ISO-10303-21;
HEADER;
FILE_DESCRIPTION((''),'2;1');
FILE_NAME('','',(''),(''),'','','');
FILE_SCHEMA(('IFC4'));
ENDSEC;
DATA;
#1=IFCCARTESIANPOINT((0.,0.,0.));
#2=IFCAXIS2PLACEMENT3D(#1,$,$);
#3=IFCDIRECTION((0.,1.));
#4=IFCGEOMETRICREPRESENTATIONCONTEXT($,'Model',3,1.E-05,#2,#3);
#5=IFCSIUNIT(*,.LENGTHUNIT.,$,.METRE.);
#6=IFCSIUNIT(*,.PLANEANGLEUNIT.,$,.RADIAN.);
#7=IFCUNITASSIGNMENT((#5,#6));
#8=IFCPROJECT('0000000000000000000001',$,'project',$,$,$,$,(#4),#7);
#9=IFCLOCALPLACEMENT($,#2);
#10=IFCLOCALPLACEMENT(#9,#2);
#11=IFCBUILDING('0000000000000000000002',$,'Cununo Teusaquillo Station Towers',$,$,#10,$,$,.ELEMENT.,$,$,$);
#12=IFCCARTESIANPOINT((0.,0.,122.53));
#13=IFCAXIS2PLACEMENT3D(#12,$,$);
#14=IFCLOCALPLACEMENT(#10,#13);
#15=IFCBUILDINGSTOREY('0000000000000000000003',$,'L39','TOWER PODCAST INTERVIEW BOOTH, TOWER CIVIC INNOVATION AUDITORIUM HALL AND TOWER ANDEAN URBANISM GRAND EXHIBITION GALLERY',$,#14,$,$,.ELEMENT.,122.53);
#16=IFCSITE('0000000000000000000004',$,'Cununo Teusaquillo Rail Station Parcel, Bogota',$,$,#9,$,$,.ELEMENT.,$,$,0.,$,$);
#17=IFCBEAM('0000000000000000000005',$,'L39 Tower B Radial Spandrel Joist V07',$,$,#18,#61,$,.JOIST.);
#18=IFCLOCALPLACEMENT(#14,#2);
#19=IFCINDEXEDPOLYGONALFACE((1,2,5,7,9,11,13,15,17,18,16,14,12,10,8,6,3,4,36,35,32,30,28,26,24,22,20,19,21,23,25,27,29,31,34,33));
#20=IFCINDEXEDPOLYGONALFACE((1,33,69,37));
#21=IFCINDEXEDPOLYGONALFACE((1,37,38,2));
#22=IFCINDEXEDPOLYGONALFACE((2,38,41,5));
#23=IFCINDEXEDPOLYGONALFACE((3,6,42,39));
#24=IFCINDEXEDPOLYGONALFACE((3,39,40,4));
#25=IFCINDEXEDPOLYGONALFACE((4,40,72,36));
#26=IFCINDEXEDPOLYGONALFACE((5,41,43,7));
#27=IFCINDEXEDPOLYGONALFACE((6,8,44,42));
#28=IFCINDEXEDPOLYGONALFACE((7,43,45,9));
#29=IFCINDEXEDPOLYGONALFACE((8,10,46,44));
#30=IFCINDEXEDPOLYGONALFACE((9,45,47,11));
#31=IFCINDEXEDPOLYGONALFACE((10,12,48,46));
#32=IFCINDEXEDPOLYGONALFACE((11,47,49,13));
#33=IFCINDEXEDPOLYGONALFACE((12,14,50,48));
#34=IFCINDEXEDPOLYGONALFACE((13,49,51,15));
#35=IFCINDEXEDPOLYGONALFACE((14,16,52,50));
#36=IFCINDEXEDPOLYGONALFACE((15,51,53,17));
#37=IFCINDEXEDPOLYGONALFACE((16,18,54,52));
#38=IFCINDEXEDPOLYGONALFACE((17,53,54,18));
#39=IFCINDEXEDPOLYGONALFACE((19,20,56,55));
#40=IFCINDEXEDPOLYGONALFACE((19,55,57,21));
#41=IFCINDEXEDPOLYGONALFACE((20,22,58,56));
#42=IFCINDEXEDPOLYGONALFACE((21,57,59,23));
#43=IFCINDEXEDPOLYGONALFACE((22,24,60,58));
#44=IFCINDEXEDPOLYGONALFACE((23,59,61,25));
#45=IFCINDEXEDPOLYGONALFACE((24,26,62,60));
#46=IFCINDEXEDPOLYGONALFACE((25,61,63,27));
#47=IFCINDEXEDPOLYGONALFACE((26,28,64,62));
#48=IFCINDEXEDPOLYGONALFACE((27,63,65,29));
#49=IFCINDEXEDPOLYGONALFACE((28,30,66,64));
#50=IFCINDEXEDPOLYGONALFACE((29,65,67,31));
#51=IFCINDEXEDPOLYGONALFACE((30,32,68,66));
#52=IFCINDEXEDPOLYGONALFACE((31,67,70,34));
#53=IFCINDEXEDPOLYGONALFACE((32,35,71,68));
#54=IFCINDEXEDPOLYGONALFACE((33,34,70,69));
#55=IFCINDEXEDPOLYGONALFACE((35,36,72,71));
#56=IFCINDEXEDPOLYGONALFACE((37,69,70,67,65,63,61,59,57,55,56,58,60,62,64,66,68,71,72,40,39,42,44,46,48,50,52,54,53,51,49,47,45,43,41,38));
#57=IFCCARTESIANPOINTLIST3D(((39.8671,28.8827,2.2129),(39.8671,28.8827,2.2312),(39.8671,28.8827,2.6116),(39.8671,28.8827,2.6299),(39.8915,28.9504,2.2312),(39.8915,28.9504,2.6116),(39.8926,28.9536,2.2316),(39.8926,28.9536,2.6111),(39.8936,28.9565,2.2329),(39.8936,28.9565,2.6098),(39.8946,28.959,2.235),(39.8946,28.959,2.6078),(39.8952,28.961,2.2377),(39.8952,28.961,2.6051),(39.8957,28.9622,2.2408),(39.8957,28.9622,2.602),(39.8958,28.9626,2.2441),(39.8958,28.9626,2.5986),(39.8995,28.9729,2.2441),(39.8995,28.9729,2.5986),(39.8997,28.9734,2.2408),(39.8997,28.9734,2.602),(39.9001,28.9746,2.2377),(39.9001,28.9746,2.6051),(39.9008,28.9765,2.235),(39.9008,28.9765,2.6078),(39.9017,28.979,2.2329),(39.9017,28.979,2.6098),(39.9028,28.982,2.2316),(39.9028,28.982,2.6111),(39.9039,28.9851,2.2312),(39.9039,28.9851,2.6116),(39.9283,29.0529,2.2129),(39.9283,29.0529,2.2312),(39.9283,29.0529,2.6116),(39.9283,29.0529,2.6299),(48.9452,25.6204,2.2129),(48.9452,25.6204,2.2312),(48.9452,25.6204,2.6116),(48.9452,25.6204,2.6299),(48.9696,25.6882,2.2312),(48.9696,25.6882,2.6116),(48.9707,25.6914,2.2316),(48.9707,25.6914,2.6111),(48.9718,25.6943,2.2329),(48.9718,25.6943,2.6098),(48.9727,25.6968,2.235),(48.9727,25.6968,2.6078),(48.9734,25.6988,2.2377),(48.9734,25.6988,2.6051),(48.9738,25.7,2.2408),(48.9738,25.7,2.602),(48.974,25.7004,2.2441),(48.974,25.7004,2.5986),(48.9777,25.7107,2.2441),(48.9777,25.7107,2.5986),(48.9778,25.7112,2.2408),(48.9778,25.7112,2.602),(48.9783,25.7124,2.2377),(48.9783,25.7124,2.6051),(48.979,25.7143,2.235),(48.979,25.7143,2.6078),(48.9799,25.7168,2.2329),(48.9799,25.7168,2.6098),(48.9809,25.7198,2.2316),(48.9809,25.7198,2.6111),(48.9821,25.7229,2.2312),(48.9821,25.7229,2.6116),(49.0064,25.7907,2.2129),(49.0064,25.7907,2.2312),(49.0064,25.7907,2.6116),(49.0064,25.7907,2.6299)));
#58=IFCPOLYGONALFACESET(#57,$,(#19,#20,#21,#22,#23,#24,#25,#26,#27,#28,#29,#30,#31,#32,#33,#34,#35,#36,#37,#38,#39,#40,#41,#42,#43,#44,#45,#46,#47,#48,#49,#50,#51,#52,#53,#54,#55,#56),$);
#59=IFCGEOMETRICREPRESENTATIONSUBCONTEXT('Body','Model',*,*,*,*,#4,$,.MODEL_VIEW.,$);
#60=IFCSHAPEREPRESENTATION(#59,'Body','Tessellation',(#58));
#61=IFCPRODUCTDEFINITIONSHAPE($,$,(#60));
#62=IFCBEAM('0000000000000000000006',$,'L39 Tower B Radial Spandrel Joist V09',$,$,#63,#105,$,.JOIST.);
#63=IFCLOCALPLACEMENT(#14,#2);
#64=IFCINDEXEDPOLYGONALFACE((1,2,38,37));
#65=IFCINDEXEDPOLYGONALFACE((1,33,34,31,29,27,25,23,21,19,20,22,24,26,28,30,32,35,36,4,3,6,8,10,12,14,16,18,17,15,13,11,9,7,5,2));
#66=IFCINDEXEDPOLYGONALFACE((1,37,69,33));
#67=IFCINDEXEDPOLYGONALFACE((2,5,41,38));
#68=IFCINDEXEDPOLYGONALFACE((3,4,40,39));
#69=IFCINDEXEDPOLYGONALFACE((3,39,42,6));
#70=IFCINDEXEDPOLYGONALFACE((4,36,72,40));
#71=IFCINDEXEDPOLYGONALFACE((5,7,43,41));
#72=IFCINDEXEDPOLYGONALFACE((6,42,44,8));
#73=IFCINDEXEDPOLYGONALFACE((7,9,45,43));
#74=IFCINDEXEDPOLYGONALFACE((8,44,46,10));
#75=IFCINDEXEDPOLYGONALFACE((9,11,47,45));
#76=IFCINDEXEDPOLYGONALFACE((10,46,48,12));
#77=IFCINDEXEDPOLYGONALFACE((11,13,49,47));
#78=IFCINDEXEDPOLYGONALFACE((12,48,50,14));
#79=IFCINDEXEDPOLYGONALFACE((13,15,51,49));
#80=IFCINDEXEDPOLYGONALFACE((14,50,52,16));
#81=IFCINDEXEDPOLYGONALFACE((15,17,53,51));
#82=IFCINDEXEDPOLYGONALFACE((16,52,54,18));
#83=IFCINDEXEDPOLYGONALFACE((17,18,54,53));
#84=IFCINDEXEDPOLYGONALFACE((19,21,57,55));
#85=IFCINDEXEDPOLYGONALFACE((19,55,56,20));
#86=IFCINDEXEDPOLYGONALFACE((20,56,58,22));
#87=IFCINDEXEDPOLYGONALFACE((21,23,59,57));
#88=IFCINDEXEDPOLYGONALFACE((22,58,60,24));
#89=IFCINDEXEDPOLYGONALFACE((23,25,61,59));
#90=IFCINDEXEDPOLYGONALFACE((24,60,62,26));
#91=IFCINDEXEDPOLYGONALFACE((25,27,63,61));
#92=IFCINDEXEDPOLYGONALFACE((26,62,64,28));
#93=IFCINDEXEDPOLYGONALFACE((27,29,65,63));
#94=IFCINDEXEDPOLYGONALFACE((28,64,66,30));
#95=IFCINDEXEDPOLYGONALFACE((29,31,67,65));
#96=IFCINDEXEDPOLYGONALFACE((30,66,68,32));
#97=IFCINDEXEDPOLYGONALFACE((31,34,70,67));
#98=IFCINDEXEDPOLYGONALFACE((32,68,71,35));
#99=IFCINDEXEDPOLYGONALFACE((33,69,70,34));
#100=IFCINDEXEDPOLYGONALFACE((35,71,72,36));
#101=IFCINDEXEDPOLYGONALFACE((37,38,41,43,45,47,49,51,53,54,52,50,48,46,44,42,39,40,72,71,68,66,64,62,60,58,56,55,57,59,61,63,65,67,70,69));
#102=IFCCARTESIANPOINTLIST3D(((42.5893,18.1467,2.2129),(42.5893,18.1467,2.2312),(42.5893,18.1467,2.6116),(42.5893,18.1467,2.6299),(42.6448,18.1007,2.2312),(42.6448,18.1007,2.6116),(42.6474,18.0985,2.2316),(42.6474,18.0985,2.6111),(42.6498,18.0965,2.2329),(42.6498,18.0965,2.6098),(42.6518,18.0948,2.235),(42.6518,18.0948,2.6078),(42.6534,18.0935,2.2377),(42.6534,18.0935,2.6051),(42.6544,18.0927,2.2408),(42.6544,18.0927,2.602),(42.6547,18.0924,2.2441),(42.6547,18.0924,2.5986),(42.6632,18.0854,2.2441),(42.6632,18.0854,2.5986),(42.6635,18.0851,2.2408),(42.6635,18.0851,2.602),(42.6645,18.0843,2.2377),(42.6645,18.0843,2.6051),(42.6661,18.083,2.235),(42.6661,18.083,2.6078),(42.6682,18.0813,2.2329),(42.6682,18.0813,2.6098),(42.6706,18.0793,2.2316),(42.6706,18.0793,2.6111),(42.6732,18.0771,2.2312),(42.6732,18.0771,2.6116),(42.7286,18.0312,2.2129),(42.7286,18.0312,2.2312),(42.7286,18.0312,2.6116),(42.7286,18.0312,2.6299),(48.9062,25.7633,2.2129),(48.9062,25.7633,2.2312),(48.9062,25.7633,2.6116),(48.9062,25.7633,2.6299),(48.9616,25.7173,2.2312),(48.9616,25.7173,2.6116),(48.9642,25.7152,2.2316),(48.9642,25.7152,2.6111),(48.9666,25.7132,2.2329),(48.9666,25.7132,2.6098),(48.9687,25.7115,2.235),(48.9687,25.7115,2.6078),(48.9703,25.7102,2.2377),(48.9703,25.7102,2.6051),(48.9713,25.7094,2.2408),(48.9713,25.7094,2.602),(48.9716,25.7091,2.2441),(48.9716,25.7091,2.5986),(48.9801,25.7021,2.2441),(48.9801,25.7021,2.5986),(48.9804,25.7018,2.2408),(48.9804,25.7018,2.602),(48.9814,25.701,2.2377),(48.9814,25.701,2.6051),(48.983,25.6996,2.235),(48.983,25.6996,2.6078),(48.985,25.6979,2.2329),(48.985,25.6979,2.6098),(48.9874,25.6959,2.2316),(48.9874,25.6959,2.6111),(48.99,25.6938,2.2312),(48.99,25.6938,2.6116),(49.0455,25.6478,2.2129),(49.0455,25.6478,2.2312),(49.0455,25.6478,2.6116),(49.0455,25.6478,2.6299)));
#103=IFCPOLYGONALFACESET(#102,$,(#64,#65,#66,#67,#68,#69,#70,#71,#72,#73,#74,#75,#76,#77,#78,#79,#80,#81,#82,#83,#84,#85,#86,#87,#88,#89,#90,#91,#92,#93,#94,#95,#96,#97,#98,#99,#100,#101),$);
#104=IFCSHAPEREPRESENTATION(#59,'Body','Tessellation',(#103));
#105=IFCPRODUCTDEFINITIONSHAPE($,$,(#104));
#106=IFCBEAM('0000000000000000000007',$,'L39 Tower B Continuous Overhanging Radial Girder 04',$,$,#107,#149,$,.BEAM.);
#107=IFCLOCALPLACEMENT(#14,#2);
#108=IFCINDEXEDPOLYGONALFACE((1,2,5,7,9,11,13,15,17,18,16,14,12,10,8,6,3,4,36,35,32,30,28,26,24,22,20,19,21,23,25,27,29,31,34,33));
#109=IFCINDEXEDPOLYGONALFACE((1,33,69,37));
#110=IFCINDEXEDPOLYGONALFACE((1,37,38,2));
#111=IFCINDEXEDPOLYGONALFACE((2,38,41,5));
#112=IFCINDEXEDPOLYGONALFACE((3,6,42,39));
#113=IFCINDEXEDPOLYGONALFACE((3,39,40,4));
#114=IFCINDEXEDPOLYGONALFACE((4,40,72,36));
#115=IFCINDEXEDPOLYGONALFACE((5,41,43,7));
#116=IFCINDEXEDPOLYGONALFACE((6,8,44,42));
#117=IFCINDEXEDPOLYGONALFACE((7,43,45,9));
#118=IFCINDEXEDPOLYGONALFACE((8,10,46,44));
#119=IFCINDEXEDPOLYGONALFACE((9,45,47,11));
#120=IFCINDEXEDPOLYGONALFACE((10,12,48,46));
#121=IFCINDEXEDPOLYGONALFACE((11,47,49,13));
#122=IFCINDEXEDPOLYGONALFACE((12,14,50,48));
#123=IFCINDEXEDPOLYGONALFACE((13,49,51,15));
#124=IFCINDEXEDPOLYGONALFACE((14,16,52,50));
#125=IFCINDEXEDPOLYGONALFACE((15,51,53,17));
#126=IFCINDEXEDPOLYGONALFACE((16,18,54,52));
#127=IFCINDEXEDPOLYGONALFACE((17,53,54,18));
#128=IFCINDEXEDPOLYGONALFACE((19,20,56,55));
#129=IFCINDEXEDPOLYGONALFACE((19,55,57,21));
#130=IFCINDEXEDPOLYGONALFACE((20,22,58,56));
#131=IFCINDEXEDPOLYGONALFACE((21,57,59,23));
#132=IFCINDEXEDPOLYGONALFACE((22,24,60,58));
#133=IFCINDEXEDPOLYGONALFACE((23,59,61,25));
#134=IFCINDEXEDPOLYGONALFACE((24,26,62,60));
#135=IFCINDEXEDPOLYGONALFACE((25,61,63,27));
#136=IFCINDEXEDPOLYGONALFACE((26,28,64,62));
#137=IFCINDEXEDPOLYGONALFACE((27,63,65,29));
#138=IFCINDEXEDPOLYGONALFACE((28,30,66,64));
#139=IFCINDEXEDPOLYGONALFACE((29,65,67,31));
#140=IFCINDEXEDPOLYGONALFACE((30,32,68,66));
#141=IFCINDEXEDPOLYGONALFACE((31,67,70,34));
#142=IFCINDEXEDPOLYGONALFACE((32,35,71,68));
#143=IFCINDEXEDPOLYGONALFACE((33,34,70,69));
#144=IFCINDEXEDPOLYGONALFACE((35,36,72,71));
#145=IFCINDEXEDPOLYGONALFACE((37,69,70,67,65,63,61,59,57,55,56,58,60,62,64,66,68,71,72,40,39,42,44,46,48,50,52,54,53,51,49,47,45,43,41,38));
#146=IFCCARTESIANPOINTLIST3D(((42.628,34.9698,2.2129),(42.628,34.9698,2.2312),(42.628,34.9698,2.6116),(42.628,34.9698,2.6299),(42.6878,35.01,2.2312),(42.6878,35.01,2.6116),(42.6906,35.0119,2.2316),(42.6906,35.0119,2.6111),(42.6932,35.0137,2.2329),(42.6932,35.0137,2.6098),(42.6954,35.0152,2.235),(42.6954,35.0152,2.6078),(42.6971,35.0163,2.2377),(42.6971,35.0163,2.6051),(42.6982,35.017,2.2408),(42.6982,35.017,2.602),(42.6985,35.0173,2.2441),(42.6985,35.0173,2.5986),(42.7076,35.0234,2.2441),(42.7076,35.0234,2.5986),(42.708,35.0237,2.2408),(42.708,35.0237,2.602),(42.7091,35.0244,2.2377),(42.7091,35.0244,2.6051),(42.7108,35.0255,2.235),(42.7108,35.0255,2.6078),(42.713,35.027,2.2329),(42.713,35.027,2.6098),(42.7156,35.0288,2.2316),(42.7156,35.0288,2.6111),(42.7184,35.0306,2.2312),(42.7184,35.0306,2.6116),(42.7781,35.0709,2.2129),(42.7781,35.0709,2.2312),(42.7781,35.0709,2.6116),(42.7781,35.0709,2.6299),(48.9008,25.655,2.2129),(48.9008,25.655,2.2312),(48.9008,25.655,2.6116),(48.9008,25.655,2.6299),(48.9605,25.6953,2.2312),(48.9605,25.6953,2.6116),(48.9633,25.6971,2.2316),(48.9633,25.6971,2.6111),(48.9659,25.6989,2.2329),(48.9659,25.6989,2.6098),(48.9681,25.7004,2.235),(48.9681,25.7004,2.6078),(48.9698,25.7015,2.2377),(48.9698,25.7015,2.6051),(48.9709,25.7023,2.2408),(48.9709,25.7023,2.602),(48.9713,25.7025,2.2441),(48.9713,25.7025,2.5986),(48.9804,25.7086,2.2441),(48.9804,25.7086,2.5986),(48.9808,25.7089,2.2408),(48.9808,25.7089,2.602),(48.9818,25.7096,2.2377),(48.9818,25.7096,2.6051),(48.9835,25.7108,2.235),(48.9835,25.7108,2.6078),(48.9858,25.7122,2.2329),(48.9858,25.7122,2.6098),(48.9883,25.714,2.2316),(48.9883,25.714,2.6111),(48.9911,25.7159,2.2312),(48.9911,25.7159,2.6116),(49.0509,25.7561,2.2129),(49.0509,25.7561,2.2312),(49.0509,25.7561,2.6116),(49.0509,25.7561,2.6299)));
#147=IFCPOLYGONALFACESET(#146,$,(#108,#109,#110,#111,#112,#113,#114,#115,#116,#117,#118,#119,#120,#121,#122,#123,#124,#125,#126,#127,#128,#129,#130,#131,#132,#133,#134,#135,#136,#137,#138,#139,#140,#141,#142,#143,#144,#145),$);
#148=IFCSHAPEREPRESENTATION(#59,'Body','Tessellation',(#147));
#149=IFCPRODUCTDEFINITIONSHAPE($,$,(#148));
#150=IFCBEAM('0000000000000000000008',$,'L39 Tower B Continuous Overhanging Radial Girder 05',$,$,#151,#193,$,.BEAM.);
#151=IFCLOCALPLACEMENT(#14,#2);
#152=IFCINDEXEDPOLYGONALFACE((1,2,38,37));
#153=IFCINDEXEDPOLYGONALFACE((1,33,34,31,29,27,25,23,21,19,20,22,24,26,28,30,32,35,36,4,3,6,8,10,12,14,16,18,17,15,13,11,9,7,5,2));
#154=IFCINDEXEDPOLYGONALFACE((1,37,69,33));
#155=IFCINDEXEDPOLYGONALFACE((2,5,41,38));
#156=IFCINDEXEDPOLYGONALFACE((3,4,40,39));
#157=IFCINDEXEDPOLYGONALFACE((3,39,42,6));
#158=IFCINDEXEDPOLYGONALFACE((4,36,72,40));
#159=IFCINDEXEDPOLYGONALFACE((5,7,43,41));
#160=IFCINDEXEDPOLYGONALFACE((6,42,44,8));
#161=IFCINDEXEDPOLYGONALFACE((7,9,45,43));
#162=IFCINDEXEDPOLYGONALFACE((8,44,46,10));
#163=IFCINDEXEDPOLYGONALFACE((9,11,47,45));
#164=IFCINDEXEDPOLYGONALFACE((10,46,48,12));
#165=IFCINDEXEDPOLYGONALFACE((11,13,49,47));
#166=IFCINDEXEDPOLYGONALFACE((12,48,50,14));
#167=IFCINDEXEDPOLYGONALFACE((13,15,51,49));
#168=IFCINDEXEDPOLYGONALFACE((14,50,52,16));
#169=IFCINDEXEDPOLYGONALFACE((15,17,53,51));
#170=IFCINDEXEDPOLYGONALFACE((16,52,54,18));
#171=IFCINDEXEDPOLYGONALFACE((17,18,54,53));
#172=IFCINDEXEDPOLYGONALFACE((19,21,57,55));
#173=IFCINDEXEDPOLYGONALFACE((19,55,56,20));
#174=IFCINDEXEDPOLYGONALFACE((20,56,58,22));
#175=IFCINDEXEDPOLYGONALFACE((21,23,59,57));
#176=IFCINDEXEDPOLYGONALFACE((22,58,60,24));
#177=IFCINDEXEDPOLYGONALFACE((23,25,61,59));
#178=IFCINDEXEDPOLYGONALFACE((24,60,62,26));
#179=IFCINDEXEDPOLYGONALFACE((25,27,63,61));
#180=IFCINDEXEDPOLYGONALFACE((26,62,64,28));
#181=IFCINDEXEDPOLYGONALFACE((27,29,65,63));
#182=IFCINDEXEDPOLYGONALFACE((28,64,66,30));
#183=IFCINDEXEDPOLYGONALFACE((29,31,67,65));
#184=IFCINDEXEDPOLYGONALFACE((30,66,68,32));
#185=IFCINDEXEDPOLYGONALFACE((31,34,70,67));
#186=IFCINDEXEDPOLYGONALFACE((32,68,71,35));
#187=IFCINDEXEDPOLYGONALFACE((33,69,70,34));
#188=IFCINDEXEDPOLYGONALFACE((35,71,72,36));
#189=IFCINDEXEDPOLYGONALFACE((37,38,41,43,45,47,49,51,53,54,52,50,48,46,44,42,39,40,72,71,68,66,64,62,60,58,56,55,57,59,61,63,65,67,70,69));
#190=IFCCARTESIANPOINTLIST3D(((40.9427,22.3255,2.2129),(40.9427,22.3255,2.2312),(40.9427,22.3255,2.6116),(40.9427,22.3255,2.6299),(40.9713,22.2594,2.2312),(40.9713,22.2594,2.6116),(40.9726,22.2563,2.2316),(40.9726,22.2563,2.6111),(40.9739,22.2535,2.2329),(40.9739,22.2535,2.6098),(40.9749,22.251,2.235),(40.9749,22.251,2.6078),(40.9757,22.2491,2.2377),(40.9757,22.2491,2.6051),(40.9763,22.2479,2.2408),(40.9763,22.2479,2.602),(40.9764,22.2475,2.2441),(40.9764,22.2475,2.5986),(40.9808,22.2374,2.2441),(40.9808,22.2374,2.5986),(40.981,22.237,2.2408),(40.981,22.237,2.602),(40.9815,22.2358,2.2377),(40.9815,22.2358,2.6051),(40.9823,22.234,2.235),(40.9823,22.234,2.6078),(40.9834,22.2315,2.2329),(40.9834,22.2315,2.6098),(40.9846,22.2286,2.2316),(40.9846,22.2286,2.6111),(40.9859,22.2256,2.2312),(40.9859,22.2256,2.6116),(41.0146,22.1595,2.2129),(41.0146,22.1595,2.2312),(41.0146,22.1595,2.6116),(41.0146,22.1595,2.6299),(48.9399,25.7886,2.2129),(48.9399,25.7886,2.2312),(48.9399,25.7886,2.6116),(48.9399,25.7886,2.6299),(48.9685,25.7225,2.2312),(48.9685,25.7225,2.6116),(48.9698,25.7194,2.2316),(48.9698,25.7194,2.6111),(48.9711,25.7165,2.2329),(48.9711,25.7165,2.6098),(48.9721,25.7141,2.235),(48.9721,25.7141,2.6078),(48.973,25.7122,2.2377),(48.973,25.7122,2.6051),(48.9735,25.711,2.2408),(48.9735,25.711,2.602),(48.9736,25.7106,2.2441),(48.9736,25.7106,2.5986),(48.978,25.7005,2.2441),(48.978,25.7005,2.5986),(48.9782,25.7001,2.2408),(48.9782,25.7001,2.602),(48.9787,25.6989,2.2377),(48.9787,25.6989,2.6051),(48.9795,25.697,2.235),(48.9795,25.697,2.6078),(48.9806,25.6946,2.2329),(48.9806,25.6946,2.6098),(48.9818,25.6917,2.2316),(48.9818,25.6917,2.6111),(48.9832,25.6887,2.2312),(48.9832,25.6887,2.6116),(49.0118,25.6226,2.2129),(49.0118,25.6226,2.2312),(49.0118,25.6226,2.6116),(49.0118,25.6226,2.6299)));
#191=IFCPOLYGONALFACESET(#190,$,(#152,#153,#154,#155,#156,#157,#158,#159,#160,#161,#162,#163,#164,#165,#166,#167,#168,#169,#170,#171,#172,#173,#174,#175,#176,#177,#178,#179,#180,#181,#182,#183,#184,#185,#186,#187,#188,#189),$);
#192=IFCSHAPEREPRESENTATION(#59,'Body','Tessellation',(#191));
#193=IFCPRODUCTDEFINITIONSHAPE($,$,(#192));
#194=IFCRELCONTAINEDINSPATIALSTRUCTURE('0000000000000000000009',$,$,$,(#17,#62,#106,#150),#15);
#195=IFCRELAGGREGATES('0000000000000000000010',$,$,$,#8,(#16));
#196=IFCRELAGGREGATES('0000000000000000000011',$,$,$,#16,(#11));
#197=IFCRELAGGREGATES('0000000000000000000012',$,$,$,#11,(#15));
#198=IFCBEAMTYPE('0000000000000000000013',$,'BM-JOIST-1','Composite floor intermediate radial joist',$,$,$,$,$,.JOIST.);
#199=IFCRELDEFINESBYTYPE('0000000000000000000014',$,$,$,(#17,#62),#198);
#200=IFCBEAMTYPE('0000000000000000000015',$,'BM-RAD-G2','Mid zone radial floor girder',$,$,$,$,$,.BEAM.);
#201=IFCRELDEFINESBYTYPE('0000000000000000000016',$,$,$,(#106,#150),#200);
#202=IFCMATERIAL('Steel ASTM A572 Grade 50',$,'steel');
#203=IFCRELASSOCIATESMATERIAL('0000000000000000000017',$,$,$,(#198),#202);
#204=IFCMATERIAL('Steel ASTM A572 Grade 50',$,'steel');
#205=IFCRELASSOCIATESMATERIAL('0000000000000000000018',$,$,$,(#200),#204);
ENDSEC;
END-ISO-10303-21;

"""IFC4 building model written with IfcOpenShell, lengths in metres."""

from ifc_helpers import new_model, si_unit, direction, frame, origin, origin_2d, place, context, subcontext, project, spatial, i_section, extrude, material, material_profile, profile_set, type_object, element, save


model = new_model("IFC4")

# Units and contexts
model_context = context("Model", 3, precision=1e-05, world=origin(), true_north=direction((0.0, 1.0)))
body_context = subcontext(model_context, "Body", "Model", "MODEL_VIEW")
ifc_project = project(units=[si_unit("LENGTHUNIT", "METRE"), si_unit("PLANEANGLEUNIT", "RADIAN")], contexts=[model_context])

# Site, building, storey
site_placement = place(None, origin())
site = spatial("IfcSite", under=ifc_project, at=site_placement, Name="Cununo Teusaquillo Rail Station Parcel, Bogota", CompositionType="ELEMENT", RefElevation=0.0)
building_placement = place(site_placement, origin())
building = spatial("IfcBuilding", under=site, at=building_placement, Name="Cununo Teusaquillo Station Towers", CompositionType="ELEMENT")
storey_placement = place(building_placement, frame((0.0, 0.0, 122.53)))
storey = spatial("IfcBuildingStorey", under=building, at=storey_placement, Name="L39", Description="TOWER PODCAST INTERVIEW BOOTH, TOWER CIVIC INNOVATION AUDITORIUM HALL AND TOWER ANDEAN URBANISM GRAND EXHIBITION GALLERY", CompositionType="ELEMENT", Elevation=122.53)

# Beams
ifc_material_1 = material(Name="Steel ASTM A572 Grade 50", Category="steel")
ifc_material_profile_1 = material_profile(ifc_material_1, i_section(OverallWidth=0.1809, OverallDepth=0.417, WebThickness=0.011, FlangeThickness=0.0183, FilletRadius=0.0129, at=origin_2d()), Name="W16X57")
ifc_profile_set_1 = profile_set([ifc_material_profile_1], Name="Steel ASTM A572 Grade 50")
beam_type_1 = type_object("IfcBeamType", Name="BM-JOIST-1", Description="Composite floor intermediate radial joist", PredefinedType="JOIST", material=ifc_profile_set_1)
beam_1_placement = place(storey_placement, frame((48.9758, 25.7056, 2.4214), z_axis=(-0.941083, 0.338176, 0.0), x_axis=(-0.338176, -0.941083, 0.0)))
element("IfcBeam", 1, at=beam_1_placement, inside=storey, type_object=beam_type_1, Name="L39 Tower B Radial Spandrel Joist V07", PredefinedType="JOIST", context=body_context, shape_type="SweptSolid", body=[
    extrude(i_section(OverallWidth=0.1809, OverallDepth=0.417, WebThickness=0.011, FlangeThickness=0.0183, FilletRadius=0.0129, at=origin_2d()), origin(), (0.0, 0.0, 1.0), 9.6465),
])
beam_2_placement = place(storey_placement, frame((48.9758, 25.7056, 2.4214), z_axis=(-0.638372, -0.769728, 0.0), x_axis=(0.769728, -0.638372, 0.0)))
element("IfcBeam", 2, at=beam_2_placement, inside=storey, type_object=beam_type_1, Name="L39 Tower B Radial Spandrel Joist V09", PredefinedType="JOIST", context=body_context, shape_type="SweptSolid", body=[
    extrude(i_section(OverallWidth=0.1809, OverallDepth=0.417, WebThickness=0.011, FlangeThickness=0.0183, FilletRadius=0.0129, at=origin_2d()), origin(), (0.0, 0.0, 1.0), 9.8953),
])
ifc_material_2 = material(Name="Steel ASTM A572 Grade 50", Category="steel")
ifc_material_profile_2 = material_profile(ifc_material_2, i_section(OverallWidth=0.1809, OverallDepth=0.417, WebThickness=0.011, FlangeThickness=0.0183, FilletRadius=0.0129, at=origin_2d()), Name="W16X57")
ifc_profile_set_2 = profile_set([ifc_material_profile_2], Name="Steel ASTM A572 Grade 50")
beam_type_2 = type_object("IfcBeamType", Name="BM-RAD-G2", Description="Mid zone radial floor girder", PredefinedType="BEAM", material=ifc_profile_set_2)
beam_3_placement = place(storey_placement, frame((48.9758, 25.7056, 2.4214), z_axis=(-0.558572, 0.829456, 0.0), x_axis=(-0.829456, -0.558572, 0.0)))
element("IfcBeam", 3, at=beam_3_placement, inside=storey, type_object=beam_type_2, Name="L39 Tower B Continuous Overhanging Radial Girder 04", PredefinedType="BEAM", context=body_context, shape_type="SweptSolid", body=[
    extrude(i_section(OverallWidth=0.1809, OverallDepth=0.417, WebThickness=0.011, FlangeThickness=0.0183, FilletRadius=0.0129, at=origin_2d()), origin(), (0.0, 0.0, 1.0), 11.23),
])
beam_4_placement = place(storey_placement, frame((48.9758, 25.7056, 2.4214), z_axis=(-0.917655, -0.397379, 0.0), x_axis=(0.397379, -0.917655, 0.0)))
element("IfcBeam", 4, at=beam_4_placement, inside=storey, type_object=beam_type_2, Name="L39 Tower B Continuous Overhanging Radial Girder 05", PredefinedType="BEAM", context=body_context, shape_type="SweptSolid", body=[
    extrude(i_section(OverallWidth=0.1809, OverallDepth=0.417, WebThickness=0.011, FlangeThickness=0.0183, FilletRadius=0.0129, at=origin_2d()), origin(), (0.0, 0.0, 1.0), 8.7148),
])

save(model, "model.ifc")
